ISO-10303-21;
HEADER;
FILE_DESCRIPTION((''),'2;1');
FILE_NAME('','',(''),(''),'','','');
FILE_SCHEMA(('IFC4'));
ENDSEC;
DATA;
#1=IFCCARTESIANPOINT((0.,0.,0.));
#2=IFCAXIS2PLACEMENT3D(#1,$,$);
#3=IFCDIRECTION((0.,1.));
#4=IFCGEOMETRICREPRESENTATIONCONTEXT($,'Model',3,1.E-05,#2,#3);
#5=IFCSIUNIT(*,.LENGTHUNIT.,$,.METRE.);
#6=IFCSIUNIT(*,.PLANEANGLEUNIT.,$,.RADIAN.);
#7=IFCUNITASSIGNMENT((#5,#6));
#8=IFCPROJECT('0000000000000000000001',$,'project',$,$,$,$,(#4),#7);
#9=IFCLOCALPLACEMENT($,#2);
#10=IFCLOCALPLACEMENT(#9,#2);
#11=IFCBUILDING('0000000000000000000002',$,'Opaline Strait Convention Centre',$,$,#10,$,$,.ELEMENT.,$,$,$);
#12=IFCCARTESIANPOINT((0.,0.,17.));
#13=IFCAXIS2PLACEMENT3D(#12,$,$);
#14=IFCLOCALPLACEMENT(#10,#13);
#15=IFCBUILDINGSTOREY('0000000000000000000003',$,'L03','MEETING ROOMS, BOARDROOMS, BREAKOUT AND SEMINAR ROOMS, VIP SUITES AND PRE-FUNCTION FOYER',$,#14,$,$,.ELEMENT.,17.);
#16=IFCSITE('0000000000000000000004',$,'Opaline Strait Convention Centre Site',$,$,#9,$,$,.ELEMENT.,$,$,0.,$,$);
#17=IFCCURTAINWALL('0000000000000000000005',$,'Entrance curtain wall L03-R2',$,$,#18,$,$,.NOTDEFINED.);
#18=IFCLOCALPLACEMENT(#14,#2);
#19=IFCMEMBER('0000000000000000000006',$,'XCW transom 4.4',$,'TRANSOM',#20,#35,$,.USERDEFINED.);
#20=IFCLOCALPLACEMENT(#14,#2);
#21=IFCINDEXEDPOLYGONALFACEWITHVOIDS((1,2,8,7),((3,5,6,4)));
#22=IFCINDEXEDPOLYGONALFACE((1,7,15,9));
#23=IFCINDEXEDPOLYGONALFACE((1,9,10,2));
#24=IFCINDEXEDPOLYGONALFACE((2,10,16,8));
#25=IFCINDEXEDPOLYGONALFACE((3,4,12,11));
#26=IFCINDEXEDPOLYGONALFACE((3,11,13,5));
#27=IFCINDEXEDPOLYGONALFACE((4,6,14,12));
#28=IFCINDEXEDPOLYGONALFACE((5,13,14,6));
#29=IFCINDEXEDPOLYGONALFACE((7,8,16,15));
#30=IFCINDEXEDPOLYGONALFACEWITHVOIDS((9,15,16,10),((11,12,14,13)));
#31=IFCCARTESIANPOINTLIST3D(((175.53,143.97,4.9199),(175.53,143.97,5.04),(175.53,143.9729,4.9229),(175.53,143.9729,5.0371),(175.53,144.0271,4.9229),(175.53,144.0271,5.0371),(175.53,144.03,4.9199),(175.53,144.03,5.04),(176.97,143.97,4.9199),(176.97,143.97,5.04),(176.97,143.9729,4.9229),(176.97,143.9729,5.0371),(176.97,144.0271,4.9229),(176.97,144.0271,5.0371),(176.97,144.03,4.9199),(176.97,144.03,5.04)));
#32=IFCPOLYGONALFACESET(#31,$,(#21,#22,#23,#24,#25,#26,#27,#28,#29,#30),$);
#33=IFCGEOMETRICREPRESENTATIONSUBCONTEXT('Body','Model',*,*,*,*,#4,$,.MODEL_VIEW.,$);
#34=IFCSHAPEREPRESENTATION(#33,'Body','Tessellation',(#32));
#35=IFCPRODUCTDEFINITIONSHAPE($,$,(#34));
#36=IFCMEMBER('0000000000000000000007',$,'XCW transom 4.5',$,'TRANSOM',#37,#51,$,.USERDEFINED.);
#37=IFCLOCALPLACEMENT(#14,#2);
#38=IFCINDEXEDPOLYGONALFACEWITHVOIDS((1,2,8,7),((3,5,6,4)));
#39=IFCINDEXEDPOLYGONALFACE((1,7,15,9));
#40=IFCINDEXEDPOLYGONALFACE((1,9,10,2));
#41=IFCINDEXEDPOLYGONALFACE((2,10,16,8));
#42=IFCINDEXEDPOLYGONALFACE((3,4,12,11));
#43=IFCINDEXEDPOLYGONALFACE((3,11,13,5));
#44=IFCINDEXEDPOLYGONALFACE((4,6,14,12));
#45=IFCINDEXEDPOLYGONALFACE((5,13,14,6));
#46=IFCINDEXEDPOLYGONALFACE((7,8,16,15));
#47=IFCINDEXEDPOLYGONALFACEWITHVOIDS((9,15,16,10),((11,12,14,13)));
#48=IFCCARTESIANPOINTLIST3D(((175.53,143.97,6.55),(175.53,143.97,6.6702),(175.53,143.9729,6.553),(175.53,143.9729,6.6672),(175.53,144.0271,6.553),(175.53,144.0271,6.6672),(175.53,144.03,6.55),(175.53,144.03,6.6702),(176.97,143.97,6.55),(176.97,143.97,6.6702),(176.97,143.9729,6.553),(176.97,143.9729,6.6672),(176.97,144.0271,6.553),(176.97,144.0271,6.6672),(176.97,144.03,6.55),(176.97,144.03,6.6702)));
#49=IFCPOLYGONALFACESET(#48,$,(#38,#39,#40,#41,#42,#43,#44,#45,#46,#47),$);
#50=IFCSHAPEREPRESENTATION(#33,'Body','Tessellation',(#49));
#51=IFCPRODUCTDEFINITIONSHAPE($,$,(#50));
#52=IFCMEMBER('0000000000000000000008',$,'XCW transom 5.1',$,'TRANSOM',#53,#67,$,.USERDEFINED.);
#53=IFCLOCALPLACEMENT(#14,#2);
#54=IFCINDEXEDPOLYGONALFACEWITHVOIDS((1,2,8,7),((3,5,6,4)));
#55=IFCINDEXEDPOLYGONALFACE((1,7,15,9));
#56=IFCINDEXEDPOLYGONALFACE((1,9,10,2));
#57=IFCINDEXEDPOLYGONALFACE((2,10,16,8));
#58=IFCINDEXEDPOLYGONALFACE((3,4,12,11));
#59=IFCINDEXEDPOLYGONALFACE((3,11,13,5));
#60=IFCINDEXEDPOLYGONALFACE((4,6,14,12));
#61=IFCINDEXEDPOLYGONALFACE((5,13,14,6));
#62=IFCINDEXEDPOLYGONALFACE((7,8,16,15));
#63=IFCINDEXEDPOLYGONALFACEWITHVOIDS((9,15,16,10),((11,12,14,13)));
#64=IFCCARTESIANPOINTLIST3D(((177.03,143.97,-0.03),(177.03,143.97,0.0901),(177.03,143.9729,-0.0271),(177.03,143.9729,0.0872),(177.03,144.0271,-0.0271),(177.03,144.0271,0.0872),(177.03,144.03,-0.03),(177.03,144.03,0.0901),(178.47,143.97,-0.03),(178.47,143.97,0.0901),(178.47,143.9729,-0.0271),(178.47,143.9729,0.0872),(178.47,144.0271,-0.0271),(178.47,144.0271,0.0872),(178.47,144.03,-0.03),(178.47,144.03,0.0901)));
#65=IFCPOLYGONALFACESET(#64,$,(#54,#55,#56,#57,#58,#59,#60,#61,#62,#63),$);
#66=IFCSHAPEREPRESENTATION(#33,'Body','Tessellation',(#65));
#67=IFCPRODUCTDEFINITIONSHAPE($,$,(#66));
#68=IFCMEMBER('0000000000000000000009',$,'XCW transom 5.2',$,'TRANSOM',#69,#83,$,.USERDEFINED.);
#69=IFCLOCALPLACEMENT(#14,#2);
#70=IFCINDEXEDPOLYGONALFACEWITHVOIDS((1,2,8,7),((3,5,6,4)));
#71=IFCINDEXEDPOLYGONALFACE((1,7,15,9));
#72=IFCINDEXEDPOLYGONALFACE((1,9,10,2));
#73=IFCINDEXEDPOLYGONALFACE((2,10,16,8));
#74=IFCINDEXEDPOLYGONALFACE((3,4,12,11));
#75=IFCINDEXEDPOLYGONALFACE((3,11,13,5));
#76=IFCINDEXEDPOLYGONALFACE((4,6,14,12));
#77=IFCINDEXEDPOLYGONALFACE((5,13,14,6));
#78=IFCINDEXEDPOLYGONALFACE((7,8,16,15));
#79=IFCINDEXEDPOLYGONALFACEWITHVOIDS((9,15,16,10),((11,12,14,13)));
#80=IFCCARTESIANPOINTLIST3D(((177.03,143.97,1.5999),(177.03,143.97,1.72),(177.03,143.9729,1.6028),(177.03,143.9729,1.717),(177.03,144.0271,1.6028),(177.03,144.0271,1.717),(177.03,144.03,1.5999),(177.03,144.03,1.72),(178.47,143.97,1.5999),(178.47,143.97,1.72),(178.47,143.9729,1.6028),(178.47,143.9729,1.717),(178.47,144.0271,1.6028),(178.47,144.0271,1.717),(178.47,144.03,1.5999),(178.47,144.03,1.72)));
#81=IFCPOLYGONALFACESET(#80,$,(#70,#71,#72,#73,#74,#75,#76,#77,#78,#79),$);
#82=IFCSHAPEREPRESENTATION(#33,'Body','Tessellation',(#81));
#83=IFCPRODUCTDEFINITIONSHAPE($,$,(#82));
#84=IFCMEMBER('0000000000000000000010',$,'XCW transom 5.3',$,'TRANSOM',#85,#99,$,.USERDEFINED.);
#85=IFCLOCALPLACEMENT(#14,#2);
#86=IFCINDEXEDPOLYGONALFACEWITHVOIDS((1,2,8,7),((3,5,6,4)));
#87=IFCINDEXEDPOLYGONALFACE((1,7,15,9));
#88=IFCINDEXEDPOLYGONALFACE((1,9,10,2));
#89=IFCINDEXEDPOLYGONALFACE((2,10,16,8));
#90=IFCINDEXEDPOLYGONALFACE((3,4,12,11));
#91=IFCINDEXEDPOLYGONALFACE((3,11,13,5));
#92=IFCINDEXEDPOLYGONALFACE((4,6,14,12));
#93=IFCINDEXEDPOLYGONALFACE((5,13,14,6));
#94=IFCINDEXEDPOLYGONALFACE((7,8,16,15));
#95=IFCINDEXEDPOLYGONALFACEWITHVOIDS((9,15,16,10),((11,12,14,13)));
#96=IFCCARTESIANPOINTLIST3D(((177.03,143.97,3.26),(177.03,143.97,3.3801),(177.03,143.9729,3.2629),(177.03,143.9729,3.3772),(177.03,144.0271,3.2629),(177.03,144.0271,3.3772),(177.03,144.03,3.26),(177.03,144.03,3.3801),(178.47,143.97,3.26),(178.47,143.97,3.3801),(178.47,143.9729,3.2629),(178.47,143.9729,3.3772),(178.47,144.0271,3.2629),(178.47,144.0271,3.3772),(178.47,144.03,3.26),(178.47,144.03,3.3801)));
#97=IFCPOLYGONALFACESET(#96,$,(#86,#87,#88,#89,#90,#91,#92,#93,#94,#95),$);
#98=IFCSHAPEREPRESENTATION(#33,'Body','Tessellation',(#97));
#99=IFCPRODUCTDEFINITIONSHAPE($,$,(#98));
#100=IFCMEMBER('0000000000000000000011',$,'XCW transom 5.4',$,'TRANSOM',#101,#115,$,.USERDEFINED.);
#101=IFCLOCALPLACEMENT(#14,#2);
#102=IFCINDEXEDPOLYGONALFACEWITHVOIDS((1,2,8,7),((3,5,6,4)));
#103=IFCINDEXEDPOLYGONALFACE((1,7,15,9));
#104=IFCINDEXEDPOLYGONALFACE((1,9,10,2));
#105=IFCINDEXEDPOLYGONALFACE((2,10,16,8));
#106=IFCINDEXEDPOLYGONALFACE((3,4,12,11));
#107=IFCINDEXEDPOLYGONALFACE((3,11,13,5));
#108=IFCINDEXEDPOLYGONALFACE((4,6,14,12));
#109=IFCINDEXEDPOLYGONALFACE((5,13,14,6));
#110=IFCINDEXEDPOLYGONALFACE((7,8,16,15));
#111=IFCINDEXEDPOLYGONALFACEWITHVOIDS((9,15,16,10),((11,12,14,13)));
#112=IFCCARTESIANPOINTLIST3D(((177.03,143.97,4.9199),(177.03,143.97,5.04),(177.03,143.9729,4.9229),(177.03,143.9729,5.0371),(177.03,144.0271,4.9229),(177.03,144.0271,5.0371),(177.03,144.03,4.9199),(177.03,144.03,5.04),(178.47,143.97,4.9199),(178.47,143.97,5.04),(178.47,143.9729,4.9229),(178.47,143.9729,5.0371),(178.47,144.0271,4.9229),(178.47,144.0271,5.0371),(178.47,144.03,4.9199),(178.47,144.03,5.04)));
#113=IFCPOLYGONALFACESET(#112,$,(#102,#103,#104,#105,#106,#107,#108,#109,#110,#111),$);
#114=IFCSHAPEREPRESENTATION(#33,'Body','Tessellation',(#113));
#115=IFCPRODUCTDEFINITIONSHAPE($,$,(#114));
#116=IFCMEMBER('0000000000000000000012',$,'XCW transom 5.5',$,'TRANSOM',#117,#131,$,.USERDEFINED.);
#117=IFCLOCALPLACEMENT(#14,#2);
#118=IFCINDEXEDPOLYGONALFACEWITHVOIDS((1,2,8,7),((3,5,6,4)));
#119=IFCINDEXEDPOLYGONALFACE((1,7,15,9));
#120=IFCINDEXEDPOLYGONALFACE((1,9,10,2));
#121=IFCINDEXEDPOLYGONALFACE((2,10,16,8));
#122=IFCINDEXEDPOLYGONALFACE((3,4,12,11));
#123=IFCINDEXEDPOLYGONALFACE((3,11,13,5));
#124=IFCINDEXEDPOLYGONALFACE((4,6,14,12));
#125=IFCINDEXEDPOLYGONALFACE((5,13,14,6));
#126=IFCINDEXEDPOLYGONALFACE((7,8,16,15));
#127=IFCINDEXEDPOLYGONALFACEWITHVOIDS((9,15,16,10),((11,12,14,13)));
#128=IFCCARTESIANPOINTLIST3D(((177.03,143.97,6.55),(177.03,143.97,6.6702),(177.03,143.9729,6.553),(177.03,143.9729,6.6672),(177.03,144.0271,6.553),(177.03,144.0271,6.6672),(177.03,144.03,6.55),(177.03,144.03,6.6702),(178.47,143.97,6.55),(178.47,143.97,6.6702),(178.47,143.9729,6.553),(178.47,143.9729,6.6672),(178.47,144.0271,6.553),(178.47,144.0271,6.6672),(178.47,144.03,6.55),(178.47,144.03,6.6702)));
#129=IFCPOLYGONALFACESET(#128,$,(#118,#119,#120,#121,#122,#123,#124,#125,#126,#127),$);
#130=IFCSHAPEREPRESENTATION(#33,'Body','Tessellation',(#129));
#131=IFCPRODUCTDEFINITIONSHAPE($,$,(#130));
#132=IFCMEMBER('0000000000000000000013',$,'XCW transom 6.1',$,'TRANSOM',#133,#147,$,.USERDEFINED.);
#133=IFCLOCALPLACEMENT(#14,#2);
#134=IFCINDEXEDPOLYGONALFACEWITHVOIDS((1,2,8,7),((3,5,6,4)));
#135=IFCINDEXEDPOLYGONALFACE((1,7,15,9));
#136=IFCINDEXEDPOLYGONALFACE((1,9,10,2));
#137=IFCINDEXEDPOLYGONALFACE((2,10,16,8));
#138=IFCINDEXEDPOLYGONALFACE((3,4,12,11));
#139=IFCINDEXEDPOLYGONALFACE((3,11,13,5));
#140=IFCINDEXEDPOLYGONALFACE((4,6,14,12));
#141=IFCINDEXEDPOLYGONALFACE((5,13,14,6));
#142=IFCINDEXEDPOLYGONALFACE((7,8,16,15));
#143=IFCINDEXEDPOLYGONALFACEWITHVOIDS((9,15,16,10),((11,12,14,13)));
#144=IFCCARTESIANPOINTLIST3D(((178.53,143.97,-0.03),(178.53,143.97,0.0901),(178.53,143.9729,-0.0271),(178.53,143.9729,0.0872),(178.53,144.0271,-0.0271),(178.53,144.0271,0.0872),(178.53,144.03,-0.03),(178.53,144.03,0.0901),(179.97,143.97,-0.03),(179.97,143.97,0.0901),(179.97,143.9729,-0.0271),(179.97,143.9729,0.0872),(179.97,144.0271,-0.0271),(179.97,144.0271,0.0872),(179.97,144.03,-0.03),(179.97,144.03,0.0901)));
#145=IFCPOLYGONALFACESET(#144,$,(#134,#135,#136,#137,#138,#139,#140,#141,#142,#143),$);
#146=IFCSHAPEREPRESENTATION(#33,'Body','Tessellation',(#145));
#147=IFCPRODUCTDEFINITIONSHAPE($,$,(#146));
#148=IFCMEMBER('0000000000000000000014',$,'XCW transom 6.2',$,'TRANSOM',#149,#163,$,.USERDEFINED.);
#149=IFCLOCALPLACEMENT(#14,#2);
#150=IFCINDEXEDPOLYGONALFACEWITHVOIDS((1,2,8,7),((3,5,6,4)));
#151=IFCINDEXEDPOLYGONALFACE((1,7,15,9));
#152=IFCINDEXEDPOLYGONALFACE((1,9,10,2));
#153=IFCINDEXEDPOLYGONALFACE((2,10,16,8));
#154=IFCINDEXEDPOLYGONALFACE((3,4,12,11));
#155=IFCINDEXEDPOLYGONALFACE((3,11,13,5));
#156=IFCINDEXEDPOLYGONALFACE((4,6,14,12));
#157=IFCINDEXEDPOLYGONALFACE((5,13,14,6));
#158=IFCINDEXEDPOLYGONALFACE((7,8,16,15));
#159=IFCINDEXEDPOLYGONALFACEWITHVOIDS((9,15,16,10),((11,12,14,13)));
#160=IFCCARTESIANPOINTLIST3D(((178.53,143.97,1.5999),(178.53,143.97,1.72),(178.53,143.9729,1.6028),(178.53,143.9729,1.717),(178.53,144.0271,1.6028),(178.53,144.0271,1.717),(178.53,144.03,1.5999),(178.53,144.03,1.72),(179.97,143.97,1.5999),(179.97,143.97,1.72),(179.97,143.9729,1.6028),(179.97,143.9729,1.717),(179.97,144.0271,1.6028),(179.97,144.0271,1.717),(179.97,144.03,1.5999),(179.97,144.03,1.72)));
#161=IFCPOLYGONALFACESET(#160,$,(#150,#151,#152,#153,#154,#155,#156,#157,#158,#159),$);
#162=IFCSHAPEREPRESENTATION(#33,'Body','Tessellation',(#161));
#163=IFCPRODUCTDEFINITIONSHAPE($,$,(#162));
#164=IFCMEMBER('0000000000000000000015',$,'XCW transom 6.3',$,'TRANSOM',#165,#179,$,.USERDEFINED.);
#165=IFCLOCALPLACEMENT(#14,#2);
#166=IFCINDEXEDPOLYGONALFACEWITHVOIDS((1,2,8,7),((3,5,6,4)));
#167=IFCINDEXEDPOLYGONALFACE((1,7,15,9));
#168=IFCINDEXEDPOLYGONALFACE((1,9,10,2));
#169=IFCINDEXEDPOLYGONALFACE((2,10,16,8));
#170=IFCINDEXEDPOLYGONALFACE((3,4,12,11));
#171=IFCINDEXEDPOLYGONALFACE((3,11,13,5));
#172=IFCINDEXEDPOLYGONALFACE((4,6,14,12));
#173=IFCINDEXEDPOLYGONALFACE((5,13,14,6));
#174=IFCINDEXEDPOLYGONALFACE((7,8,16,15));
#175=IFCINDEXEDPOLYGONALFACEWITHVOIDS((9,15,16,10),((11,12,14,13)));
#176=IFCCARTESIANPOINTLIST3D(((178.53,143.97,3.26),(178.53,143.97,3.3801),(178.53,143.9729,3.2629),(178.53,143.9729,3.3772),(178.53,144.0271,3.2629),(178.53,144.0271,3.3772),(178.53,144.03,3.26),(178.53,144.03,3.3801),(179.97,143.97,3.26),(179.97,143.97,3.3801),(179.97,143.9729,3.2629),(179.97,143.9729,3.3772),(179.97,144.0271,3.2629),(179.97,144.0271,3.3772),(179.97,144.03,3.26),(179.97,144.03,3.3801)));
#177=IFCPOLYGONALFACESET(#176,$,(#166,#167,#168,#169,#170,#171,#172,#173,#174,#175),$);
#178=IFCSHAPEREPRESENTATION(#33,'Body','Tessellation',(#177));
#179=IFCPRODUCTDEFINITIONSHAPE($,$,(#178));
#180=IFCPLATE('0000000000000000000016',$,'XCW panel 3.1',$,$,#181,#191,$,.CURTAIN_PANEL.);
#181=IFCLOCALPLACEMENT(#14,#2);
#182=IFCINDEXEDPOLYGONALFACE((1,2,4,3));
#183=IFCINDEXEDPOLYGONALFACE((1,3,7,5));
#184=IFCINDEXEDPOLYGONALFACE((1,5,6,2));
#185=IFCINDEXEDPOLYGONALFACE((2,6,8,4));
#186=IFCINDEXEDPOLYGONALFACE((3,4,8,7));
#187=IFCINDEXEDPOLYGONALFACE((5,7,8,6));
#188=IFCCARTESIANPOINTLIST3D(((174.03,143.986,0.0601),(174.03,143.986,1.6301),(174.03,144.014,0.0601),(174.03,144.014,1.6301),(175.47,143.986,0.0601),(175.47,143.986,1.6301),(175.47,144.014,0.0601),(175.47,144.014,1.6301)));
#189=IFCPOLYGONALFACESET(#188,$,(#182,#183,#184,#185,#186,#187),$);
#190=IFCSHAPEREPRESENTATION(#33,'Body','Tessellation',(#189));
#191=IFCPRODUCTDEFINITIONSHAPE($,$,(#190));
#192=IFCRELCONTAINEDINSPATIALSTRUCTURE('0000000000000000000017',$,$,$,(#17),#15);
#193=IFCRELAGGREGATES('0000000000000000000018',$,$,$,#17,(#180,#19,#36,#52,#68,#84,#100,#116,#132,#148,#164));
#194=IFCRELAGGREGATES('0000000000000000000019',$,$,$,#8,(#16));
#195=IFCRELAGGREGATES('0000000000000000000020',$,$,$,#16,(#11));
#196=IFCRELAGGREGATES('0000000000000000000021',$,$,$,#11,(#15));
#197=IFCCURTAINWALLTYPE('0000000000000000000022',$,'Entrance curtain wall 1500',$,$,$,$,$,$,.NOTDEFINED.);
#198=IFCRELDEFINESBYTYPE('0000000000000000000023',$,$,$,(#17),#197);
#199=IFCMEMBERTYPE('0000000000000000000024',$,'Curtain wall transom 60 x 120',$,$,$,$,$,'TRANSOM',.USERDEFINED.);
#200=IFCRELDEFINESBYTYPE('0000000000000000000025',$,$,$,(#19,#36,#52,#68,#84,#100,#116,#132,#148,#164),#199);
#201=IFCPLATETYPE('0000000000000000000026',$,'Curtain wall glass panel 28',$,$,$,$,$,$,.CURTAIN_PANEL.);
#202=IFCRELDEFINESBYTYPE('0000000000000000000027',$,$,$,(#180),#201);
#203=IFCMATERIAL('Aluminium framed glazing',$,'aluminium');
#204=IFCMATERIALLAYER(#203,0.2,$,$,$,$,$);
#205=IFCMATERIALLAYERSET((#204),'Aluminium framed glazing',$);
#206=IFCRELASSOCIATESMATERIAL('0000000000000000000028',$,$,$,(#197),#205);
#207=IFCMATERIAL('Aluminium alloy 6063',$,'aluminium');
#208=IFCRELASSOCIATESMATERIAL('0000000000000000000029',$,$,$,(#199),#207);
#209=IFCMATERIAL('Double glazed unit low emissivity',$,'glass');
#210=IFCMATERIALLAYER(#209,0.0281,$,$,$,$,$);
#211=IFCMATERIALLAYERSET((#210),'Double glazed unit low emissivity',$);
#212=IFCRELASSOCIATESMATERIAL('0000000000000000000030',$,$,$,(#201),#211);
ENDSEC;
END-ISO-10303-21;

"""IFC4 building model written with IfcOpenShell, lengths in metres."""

from ifc_helpers import new_model, si_unit, direction, frame, origin, origin_2d, place, context, subcontext, project, spatial, rectangle, hollow_rectangle, extrude, material, layer, layer_set, material_profile, profile_set, type_object, element, aggregate, save


model = new_model("IFC4")

# Units and contexts
model_context = context("Model", 3, precision=1e-05, world=origin(), true_north=direction((0.0, 1.0)))
body_context = subcontext(model_context, "Body", "Model", "MODEL_VIEW")
ifc_project = project(units=[si_unit("LENGTHUNIT", "METRE"), si_unit("PLANEANGLEUNIT", "RADIAN")], contexts=[model_context])

# Site, building, storey
site_placement = place(None, origin())
site = spatial("IfcSite", under=ifc_project, at=site_placement, Name="Opaline Strait Convention Centre Site", CompositionType="ELEMENT", RefElevation=0.0)
building_placement = place(site_placement, origin())
building = spatial("IfcBuilding", under=site, at=building_placement, Name="Opaline Strait Convention Centre", CompositionType="ELEMENT")
storey_placement = place(building_placement, frame((0.0, 0.0, 17.0)))
storey = spatial("IfcBuildingStorey", under=building, at=storey_placement, Name="L03", Description="MEETING ROOMS, BOARDROOMS, BREAKOUT AND SEMINAR ROOMS, VIP SUITES AND PRE-FUNCTION FOYER", CompositionType="ELEMENT", Elevation=17.0)

# Curtain wall, members, plate
ifc_material_1 = material(Name="Aluminium framed glazing", Category="aluminium")
ifc_layer_1 = layer(ifc_material_1, 0.2)
ifc_layer_set_1 = layer_set([ifc_layer_1], Name="Aluminium framed glazing")
curtain_wall_type = type_object("IfcCurtainWallType", Name="Entrance curtain wall 1500", PredefinedType="NOTDEFINED", material=ifc_layer_set_1)
curtain_wall_placement = place(storey_placement, origin())
curtain_wall = element("IfcCurtainWall", 1, at=curtain_wall_placement, inside=storey, type_object=curtain_wall_type, Name="Entrance curtain wall L03-R2", PredefinedType="NOTDEFINED")
ifc_material_2 = material(Name="Aluminium alloy 6063", Category="aluminium")
ifc_material_profile_1 = material_profile(ifc_material_2, hollow_rectangle(XDim=0.0601, YDim=0.1201, WallThickness=0.0029, at=origin_2d()), Name="TRANSOM 60x120x3")
ifc_profile_set_1 = profile_set([ifc_material_profile_1], Name="Aluminium alloy 6063")
member_type_1 = type_object("IfcMemberType", Name="Curtain wall transom 60 x 120", ElementType="TRANSOM", PredefinedType="USERDEFINED", material=ifc_profile_set_1)
member_1_placement = place(storey_placement, frame((175.53, 144.0, 4.98), z_axis=(1.0, 0.0, 0.0), x_axis=(0.0, 1.0, 0.0)))
member_1 = element("IfcMember", 2, at=member_1_placement, type_object=member_type_1, Name="XCW transom 4.4", ObjectType="TRANSOM", PredefinedType="USERDEFINED", context=body_context, shape_type="SweptSolid", body=[
    extrude(hollow_rectangle(XDim=0.0601, YDim=0.1201, WallThickness=0.0029, at=origin_2d()), origin(), (0.0, 0.0, 1.0), 1.4399),
])
member_2_placement = place(storey_placement, frame((175.53, 144.0, 6.6101), z_axis=(1.0, 0.0, 0.0), x_axis=(0.0, 1.0, 0.0)))
member_2 = element("IfcMember", 3, at=member_2_placement, type_object=member_type_1, Name="XCW transom 4.5", ObjectType="TRANSOM", PredefinedType="USERDEFINED", context=body_context, shape_type="SweptSolid", body=[
    extrude(hollow_rectangle(XDim=0.0601, YDim=0.1201, WallThickness=0.0029, at=origin_2d()), origin(), (0.0, 0.0, 1.0), 1.4399),
])
member_3_placement = place(storey_placement, frame((177.03, 144.0, 0.03), z_axis=(1.0, 0.0, 0.0), x_axis=(0.0, 1.0, 0.0)))
member_3 = element("IfcMember", 4, at=member_3_placement, type_object=member_type_1, Name="XCW transom 5.1", ObjectType="TRANSOM", PredefinedType="USERDEFINED", context=body_context, shape_type="SweptSolid", body=[
    extrude(hollow_rectangle(XDim=0.0601, YDim=0.1201, WallThickness=0.0029, at=origin_2d()), origin(), (0.0, 0.0, 1.0), 1.4399),
])
member_4_placement = place(storey_placement, frame((177.03, 144.0, 1.6599), z_axis=(1.0, 0.0, 0.0), x_axis=(0.0, 1.0, 0.0)))
member_4 = element("IfcMember", 5, at=member_4_placement, type_object=member_type_1, Name="XCW transom 5.2", ObjectType="TRANSOM", PredefinedType="USERDEFINED", context=body_context, shape_type="SweptSolid", body=[
    extrude(hollow_rectangle(XDim=0.0601, YDim=0.1201, WallThickness=0.0029, at=origin_2d()), origin(), (0.0, 0.0, 1.0), 1.4399),
])
member_5_placement = place(storey_placement, frame((177.03, 144.0, 3.3201), z_axis=(1.0, 0.0, 0.0), x_axis=(0.0, 1.0, 0.0)))
member_5 = element("IfcMember", 6, at=member_5_placement, type_object=member_type_1, Name="XCW transom 5.3", ObjectType="TRANSOM", PredefinedType="USERDEFINED", context=body_context, shape_type="SweptSolid", body=[
    extrude(hollow_rectangle(XDim=0.0601, YDim=0.1201, WallThickness=0.0029, at=origin_2d()), origin(), (0.0, 0.0, 1.0), 1.4399),
])
member_6_placement = place(storey_placement, frame((177.03, 144.0, 4.98), z_axis=(1.0, 0.0, 0.0), x_axis=(0.0, 1.0, 0.0)))
member_6 = element("IfcMember", 7, at=member_6_placement, type_object=member_type_1, Name="XCW transom 5.4", ObjectType="TRANSOM", PredefinedType="USERDEFINED", context=body_context, shape_type="SweptSolid", body=[
    extrude(hollow_rectangle(XDim=0.0601, YDim=0.1201, WallThickness=0.0029, at=origin_2d()), origin(), (0.0, 0.0, 1.0), 1.4399),
])
member_7_placement = place(storey_placement, frame((177.03, 144.0, 6.6101), z_axis=(1.0, 0.0, 0.0), x_axis=(0.0, 1.0, 0.0)))
member_7 = element("IfcMember", 8, at=member_7_placement, type_object=member_type_1, Name="XCW transom 5.5", ObjectType="TRANSOM", PredefinedType="USERDEFINED", context=body_context, shape_type="SweptSolid", body=[
    extrude(hollow_rectangle(XDim=0.0601, YDim=0.1201, WallThickness=0.0029, at=origin_2d()), origin(), (0.0, 0.0, 1.0), 1.4399),
])
member_8_placement = place(storey_placement, frame((178.53, 144.0, 0.03), z_axis=(1.0, 0.0, 0.0), x_axis=(0.0, 1.0, 0.0)))
member_8 = element("IfcMember", 9, at=member_8_placement, type_object=member_type_1, Name="XCW transom 6.1", ObjectType="TRANSOM", PredefinedType="USERDEFINED", context=body_context, shape_type="SweptSolid", body=[
    extrude(hollow_rectangle(XDim=0.0601, YDim=0.1201, WallThickness=0.0029, at=origin_2d()), origin(), (0.0, 0.0, 1.0), 1.4399),
])
member_9_placement = place(storey_placement, frame((178.53, 144.0, 1.6599), z_axis=(1.0, 0.0, 0.0), x_axis=(0.0, 1.0, 0.0)))
member_9 = element("IfcMember", 10, at=member_9_placement, type_object=member_type_1, Name="XCW transom 6.2", ObjectType="TRANSOM", PredefinedType="USERDEFINED", context=body_context, shape_type="SweptSolid", body=[
    extrude(hollow_rectangle(XDim=0.0601, YDim=0.1201, WallThickness=0.0029, at=origin_2d()), origin(), (0.0, 0.0, 1.0), 1.4399),
])
member_10_placement = place(storey_placement, frame((178.53, 144.0, 3.3201), z_axis=(1.0, 0.0, 0.0), x_axis=(0.0, 1.0, 0.0)))
member_10 = element("IfcMember", 11, at=member_10_placement, type_object=member_type_1, Name="XCW transom 6.3", ObjectType="TRANSOM", PredefinedType="USERDEFINED", context=body_context, shape_type="SweptSolid", body=[
    extrude(hollow_rectangle(XDim=0.0601, YDim=0.1201, WallThickness=0.0029, at=origin_2d()), origin(), (0.0, 0.0, 1.0), 1.4399),
])
ifc_material_3 = material(Name="Double glazed unit low emissivity", Category="glass")
ifc_layer_2 = layer(ifc_material_3, 0.0281)
ifc_layer_set_2 = layer_set([ifc_layer_2], Name="Double glazed unit low emissivity")
plate_type = type_object("IfcPlateType", Name="Curtain wall glass panel 28", PredefinedType="CURTAIN_PANEL", material=ifc_layer_set_2)
plate_1_placement = place(storey_placement, frame((174.75, 144.0, 0.0601), z_axis=(0.0, 0.0, 1.0), x_axis=(1.0, 0.0, 0.0)))
plate_1 = element("IfcPlate", 12, at=plate_1_placement, type_object=plate_type, Name="XCW panel 3.1", PredefinedType="CURTAIN_PANEL", context=body_context, shape_type="SweptSolid", body=[
    extrude(rectangle(XDim=1.4399, YDim=0.0281, at=origin_2d()), origin(), (0.0, 0.0, 1.0), 1.5701),
])
aggregate(curtain_wall, [plate_1, member_1, member_2, member_3, member_4, member_5, member_6, member_7, member_8, member_9, member_10])

save(model, "model.ifc")
